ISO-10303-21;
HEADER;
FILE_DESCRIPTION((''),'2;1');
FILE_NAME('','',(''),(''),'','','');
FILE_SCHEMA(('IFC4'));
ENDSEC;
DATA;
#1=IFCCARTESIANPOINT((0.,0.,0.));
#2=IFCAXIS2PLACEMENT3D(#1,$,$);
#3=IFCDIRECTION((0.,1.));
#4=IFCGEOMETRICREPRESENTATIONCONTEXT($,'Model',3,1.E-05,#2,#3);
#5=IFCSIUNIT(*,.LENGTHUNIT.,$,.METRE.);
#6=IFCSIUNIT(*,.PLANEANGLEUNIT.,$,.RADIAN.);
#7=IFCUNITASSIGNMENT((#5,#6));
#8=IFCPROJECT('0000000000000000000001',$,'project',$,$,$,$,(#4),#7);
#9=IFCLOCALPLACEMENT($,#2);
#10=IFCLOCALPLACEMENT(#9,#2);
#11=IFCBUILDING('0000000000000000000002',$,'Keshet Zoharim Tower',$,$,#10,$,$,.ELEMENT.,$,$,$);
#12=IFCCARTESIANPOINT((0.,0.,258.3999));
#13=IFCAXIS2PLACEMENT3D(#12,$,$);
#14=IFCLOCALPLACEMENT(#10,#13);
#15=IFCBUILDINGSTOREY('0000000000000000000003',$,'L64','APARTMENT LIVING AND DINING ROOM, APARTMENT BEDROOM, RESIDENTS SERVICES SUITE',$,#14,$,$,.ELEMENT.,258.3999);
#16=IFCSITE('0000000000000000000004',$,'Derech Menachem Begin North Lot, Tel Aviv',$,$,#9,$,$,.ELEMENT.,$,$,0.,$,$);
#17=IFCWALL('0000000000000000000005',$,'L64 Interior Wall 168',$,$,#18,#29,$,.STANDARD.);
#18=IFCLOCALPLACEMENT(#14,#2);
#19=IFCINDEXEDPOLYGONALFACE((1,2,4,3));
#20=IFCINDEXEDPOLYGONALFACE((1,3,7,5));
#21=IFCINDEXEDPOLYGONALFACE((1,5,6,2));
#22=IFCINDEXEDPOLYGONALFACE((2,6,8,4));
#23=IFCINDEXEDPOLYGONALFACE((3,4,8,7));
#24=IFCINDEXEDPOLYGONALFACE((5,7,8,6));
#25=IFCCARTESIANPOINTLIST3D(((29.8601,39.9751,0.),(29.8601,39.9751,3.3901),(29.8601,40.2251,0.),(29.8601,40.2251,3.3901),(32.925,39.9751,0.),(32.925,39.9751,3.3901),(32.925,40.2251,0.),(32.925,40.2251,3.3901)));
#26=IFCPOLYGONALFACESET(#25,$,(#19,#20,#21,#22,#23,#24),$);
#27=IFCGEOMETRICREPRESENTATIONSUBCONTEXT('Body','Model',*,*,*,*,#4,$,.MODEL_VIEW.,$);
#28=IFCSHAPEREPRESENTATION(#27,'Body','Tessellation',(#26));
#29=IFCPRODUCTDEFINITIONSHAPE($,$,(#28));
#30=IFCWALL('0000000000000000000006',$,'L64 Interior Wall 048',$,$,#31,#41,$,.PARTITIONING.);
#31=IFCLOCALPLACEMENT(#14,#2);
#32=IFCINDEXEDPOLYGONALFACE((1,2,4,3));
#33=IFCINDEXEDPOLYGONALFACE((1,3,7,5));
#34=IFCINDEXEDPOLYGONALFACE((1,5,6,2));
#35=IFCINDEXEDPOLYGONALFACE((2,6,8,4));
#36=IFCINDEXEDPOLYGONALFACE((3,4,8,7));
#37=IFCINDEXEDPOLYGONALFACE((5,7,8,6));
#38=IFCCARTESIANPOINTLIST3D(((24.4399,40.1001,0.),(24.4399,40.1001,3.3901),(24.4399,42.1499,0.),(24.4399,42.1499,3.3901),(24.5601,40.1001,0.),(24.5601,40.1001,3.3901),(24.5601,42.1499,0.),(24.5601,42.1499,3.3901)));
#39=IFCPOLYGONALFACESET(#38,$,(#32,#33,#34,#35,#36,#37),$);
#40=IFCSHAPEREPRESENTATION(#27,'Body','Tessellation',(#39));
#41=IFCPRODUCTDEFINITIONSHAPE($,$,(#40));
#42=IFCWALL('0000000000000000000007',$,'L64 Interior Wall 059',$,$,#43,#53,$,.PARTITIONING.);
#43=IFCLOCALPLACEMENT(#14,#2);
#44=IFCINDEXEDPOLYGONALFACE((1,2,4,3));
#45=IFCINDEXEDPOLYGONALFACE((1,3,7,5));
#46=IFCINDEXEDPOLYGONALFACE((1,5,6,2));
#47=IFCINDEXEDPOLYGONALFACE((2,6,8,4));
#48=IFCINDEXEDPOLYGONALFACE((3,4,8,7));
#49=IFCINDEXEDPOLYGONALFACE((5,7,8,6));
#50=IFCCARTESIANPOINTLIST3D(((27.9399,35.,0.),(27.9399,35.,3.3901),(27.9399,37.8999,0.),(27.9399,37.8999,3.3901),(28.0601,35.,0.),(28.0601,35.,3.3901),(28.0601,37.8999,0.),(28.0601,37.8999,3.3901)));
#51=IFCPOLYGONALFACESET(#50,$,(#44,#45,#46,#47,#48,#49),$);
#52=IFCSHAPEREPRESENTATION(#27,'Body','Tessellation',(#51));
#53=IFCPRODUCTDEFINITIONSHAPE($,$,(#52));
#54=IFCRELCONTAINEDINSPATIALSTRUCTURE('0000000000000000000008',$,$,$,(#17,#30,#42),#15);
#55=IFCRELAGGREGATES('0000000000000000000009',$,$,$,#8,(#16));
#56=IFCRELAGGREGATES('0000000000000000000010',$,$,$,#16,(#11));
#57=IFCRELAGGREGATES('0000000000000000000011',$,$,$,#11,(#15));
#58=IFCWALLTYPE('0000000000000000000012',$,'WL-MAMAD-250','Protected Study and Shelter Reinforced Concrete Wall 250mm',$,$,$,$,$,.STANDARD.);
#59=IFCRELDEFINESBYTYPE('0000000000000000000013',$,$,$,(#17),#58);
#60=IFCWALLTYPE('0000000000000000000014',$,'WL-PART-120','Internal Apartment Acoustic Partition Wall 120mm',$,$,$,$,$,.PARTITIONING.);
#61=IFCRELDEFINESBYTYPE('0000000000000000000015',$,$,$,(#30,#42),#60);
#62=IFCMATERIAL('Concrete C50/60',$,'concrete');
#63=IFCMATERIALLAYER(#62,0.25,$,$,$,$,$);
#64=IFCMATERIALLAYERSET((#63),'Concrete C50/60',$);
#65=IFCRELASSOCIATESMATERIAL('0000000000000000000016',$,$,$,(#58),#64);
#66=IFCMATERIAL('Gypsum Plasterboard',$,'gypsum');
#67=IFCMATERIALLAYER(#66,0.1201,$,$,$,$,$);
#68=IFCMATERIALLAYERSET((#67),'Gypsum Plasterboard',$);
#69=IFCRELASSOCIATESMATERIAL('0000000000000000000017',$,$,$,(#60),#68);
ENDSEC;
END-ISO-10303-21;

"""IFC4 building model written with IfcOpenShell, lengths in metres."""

from ifc_helpers import new_model, si_unit, direction, frame, frame_2d, origin, place, context, subcontext, project, spatial, rectangle, extrude, material, layer, layer_set, type_object, element, save


model = new_model("IFC4")

# Units and contexts
model_context = context("Model", 3, precision=1e-05, world=origin(), true_north=direction((0.0, 1.0)))
body_context = subcontext(model_context, "Body", "Model", "MODEL_VIEW")
ifc_project = project(units=[si_unit("LENGTHUNIT", "METRE"), si_unit("PLANEANGLEUNIT", "RADIAN")], contexts=[model_context])

# Site, building, storey
site_placement = place(None, origin())
site = spatial("IfcSite", under=ifc_project, at=site_placement, Name="Derech Menachem Begin North Lot, Tel Aviv", CompositionType="ELEMENT", RefElevation=0.0)
building_placement = place(site_placement, origin())
building = spatial("IfcBuilding", under=site, at=building_placement, Name="Keshet Zoharim Tower", CompositionType="ELEMENT")
storey_placement = place(building_placement, frame((0.0, 0.0, 258.3999)))
storey = spatial("IfcBuildingStorey", under=building, at=storey_placement, Name="L64", Description="APARTMENT LIVING AND DINING ROOM, APARTMENT BEDROOM, RESIDENTS SERVICES SUITE", CompositionType="ELEMENT", Elevation=258.3999)

# Shared definitions
ifc_material_1 = material(Name="Concrete C50/60", Category="concrete")

# Shared definitions
ifc_material_2 = material(Name="Gypsum Plasterboard", Category="gypsum")

# Walls
ifc_layer_1 = layer(ifc_material_1, 0.25)
ifc_layer_set_1 = layer_set([ifc_layer_1], Name="Concrete C50/60")
wall_type_1 = type_object("IfcWallType", Name="WL-MAMAD-250", Description="Protected Study and Shelter Reinforced Concrete Wall 250mm", PredefinedType="STANDARD", material=ifc_layer_set_1)
wall_1_placement = place(storey_placement, frame((29.8601, 40.1001, 0.0), z_axis=(0.0, 0.0, 1.0), x_axis=(1.0, 0.0, 0.0)))
element("IfcWall", 1, at=wall_1_placement, inside=storey, type_object=wall_type_1, Name="L64 Interior Wall 168", PredefinedType="STANDARD", context=body_context, shape_type="SweptSolid", body=[
    extrude(rectangle(XDim=3.0649, YDim=0.25, at=frame_2d((1.5325, 0.0))), origin(), (0.0, 0.0, 1.0), 3.3901),
])
ifc_layer_2 = layer(ifc_material_2, 0.1201)
ifc_layer_set_2 = layer_set([ifc_layer_2], Name="Gypsum Plasterboard")
wall_type_2 = type_object("IfcWallType", Name="WL-PART-120", Description="Internal Apartment Acoustic Partition Wall 120mm", PredefinedType="PARTITIONING", material=ifc_layer_set_2)
wall_2_placement = place(storey_placement, frame((24.5, 40.1001, 0.0), z_axis=(0.0, 0.0, 1.0), x_axis=(0.0, 1.0, 0.0)))
element("IfcWall", 2, at=wall_2_placement, inside=storey, type_object=wall_type_2, Name="L64 Interior Wall 048", PredefinedType="PARTITIONING", context=body_context, shape_type="SweptSolid", body=[
    extrude(rectangle(XDim=2.0498, YDim=0.1201, at=frame_2d((1.0249, 0.0))), origin(), (0.0, 0.0, 1.0), 3.3901),
])
wall_3_placement = place(storey_placement, frame((28.0, 35.0, 0.0), z_axis=(0.0, 0.0, 1.0), x_axis=(0.0, 1.0, 0.0)))
element("IfcWall", 3, at=wall_3_placement, inside=storey, type_object=wall_type_2, Name="L64 Interior Wall 059", PredefinedType="PARTITIONING", context=body_context, shape_type="SweptSolid", body=[
    extrude(rectangle(XDim=2.8999, YDim=0.1201, at=frame_2d((1.45, 0.0))), origin(), (0.0, 0.0, 1.0), 3.3901),
])

save(model, "model.ifc")
